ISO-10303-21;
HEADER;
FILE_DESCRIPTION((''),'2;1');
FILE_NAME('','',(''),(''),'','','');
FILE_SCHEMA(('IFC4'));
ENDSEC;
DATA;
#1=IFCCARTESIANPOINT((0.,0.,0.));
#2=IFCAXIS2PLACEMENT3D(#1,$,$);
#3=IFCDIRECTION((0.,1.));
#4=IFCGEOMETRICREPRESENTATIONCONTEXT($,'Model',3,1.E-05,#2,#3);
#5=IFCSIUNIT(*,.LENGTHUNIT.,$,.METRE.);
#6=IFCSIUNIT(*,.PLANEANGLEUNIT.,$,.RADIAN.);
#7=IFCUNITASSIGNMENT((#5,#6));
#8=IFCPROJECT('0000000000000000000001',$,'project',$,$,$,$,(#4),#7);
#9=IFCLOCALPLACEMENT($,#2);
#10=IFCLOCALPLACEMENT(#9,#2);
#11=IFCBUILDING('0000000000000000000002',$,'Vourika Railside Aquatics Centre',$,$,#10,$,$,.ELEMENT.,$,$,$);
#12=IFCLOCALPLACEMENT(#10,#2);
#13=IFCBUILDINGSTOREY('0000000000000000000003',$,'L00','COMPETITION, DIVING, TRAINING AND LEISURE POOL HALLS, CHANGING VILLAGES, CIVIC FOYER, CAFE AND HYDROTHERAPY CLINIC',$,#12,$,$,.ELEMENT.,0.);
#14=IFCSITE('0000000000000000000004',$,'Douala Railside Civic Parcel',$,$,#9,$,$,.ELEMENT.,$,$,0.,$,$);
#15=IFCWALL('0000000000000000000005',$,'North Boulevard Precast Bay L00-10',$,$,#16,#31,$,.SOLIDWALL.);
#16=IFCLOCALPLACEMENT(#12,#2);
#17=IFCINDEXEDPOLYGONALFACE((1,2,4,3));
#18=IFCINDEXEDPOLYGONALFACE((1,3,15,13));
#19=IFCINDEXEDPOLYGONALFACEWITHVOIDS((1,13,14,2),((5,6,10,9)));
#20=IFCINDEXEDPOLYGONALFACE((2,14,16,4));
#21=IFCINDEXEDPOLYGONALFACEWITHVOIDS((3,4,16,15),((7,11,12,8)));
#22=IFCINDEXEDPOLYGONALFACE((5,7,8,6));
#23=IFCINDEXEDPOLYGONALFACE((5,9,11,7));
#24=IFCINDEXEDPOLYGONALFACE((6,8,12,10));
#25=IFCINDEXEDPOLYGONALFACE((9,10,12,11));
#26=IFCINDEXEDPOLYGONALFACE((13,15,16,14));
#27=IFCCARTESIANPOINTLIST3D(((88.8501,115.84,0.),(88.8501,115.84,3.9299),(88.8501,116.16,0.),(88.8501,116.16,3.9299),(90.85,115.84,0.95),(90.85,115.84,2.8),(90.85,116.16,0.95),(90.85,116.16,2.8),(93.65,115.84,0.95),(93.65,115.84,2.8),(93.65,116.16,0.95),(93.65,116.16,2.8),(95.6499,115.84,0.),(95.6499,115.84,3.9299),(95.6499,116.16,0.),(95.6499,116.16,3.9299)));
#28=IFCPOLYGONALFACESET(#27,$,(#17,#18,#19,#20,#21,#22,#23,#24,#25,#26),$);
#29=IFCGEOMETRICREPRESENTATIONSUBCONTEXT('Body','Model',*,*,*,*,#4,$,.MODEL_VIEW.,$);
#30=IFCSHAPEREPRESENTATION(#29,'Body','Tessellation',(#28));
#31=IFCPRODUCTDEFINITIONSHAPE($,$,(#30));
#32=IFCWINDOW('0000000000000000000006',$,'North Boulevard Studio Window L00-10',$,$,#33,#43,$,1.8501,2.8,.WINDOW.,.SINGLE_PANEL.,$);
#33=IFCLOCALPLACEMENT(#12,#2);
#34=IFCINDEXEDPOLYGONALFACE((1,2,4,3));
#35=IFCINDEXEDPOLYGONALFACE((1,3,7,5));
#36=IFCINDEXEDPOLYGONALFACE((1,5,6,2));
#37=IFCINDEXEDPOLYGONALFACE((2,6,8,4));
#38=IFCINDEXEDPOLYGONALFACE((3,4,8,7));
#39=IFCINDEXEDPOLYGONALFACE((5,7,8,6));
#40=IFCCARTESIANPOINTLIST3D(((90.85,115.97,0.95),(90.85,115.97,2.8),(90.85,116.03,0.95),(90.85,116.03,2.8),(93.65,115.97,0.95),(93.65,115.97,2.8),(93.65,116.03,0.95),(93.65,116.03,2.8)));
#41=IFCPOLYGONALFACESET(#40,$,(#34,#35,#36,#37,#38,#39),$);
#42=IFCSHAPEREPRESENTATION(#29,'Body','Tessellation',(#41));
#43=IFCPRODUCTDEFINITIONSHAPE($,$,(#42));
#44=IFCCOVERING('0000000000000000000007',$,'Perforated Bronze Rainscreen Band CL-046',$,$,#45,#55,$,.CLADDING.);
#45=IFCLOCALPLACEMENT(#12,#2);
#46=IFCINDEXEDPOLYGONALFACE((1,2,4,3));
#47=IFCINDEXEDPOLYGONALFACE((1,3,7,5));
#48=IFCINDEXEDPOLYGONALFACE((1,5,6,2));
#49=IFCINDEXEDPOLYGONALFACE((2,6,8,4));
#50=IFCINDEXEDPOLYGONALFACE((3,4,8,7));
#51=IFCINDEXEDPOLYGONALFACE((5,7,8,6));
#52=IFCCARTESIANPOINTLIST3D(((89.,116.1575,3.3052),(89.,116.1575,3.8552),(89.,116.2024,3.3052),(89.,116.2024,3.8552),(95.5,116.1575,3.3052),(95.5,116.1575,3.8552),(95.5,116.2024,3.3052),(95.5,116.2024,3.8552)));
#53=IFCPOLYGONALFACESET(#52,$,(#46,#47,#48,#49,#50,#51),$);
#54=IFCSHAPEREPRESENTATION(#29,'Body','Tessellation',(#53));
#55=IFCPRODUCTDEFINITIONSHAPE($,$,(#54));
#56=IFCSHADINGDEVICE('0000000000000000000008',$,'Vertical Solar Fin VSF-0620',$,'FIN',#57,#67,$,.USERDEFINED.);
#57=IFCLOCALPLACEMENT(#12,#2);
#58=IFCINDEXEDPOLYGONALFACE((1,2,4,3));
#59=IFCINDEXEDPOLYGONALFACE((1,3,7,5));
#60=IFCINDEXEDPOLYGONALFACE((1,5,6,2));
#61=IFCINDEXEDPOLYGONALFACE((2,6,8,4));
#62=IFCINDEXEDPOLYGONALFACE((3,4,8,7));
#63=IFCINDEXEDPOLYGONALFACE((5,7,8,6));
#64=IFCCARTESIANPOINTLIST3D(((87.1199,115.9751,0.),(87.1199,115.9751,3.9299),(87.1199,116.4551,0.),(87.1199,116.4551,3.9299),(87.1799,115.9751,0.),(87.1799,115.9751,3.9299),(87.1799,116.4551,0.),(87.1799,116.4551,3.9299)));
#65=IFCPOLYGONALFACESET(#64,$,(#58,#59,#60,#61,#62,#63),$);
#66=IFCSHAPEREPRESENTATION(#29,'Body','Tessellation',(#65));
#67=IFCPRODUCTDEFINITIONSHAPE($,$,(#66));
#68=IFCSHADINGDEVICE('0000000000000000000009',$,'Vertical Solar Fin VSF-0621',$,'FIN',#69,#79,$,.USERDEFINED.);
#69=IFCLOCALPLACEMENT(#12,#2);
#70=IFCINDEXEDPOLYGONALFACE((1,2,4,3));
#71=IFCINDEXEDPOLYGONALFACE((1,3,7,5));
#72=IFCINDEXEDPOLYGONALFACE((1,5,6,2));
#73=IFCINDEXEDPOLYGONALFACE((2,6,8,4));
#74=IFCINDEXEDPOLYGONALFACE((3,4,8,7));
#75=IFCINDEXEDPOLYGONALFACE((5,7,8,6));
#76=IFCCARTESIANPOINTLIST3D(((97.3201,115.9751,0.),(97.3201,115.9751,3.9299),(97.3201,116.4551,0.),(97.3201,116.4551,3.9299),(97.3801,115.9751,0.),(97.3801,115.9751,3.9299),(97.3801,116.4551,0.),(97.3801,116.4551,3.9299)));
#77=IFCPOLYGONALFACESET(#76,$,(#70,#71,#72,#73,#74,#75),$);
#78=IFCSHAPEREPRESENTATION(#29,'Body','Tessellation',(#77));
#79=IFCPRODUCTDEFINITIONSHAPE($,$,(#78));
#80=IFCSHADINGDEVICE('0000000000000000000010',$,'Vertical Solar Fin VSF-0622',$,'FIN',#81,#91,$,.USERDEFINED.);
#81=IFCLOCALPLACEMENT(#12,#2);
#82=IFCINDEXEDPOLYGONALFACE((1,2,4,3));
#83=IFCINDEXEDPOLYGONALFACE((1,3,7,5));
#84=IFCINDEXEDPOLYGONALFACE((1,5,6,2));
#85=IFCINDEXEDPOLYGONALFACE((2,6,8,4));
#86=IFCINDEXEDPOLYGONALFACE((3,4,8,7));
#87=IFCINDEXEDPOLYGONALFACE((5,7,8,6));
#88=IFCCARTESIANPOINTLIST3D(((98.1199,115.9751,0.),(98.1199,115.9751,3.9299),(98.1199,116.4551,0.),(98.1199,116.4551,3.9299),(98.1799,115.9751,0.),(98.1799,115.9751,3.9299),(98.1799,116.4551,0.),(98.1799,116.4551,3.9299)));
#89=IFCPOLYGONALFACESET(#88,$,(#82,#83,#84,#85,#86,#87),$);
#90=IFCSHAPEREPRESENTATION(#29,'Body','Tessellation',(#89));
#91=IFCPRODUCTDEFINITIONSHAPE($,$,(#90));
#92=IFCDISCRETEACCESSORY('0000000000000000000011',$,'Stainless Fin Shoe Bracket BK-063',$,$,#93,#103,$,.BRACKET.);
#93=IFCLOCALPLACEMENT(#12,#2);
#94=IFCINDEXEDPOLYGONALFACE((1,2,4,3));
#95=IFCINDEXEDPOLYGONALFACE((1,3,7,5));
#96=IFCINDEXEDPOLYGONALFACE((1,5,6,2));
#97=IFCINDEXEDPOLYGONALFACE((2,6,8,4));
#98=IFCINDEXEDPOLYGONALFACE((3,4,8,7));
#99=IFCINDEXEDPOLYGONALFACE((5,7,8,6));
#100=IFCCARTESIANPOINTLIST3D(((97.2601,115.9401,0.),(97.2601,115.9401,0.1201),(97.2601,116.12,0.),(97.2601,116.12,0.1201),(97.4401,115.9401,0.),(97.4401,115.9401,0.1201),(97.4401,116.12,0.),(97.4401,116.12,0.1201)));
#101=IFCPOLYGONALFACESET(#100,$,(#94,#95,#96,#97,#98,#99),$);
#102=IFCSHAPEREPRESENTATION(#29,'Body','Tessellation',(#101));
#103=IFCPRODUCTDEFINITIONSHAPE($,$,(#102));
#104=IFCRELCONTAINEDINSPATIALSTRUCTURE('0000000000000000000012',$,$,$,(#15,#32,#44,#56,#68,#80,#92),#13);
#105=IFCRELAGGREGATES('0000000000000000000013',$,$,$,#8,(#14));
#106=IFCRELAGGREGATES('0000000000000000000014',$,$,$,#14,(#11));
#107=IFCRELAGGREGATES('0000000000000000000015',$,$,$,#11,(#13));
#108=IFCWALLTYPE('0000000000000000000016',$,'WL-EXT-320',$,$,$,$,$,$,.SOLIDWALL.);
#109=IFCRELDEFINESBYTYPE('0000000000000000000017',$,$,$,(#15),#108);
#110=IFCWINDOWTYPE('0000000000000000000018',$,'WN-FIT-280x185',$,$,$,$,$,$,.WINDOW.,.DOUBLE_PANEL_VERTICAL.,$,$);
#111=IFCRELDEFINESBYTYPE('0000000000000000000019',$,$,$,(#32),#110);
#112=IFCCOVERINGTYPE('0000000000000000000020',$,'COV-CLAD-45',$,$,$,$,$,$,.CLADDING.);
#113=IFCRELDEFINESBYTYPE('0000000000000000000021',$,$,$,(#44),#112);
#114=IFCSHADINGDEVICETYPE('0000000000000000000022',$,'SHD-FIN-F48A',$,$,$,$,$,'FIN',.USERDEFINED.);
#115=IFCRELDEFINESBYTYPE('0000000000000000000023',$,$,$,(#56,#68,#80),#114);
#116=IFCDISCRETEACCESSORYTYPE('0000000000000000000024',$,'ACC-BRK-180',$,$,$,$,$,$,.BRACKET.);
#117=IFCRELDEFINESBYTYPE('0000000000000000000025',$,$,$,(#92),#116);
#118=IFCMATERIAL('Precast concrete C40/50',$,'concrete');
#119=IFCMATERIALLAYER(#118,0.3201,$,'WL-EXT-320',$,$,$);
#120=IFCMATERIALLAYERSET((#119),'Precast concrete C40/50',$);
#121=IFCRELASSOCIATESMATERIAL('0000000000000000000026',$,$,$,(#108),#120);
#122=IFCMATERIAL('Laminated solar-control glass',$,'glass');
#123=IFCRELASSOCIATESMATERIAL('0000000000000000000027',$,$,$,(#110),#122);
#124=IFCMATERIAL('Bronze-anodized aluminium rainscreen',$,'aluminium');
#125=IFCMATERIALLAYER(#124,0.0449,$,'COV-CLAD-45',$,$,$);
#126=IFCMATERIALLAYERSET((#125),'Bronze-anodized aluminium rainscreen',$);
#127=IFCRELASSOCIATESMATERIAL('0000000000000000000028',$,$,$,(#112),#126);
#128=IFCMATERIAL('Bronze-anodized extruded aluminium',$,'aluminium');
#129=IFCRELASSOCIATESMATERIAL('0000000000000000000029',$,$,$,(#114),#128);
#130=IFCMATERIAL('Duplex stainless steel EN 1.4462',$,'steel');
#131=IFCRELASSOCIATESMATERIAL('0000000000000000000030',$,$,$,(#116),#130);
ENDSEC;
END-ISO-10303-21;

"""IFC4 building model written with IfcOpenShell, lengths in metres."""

from ifc_helpers import new_model, si_unit, direction, frame, frame_2d, origin, origin_2d, place, context, subcontext, project, spatial, rectangle, extrude, material, layer, layer_set, material_profile, profile_set, type_object, element, fill, save


model = new_model("IFC4")

# Units and contexts
model_context = context("Model", 3, precision=1e-05, world=origin(), true_north=direction((0.0, 1.0)))
body_context = subcontext(model_context, "Body", "Model", "MODEL_VIEW")
ifc_project = project(units=[si_unit("LENGTHUNIT", "METRE"), si_unit("PLANEANGLEUNIT", "RADIAN")], contexts=[model_context])

# Site, building, storey
site_placement = place(None, origin())
site = spatial("IfcSite", under=ifc_project, at=site_placement, Name="Douala Railside Civic Parcel", CompositionType="ELEMENT", RefElevation=0.0)
building_placement = place(site_placement, origin())
building = spatial("IfcBuilding", under=site, at=building_placement, Name="Vourika Railside Aquatics Centre", CompositionType="ELEMENT")
storey_placement = place(building_placement, origin())
storey = spatial("IfcBuildingStorey", under=building, at=storey_placement, Name="L00", Description="COMPETITION, DIVING, TRAINING AND LEISURE POOL HALLS, CHANGING VILLAGES, CIVIC FOYER, CAFE AND HYDROTHERAPY CLINIC", CompositionType="ELEMENT", Elevation=0.0)

# Wall, opening, window
ifc_material_1 = material(Name="Precast concrete C40/50", Category="concrete")
ifc_layer_1 = layer(ifc_material_1, 0.3201, Name="WL-EXT-320")
ifc_layer_set_1 = layer_set([ifc_layer_1], Name="Precast concrete C40/50")
wall_type = type_object("IfcWallType", Name="WL-EXT-320", PredefinedType="SOLIDWALL", material=ifc_layer_set_1)
wall_placement = place(storey_placement, frame((95.6499, 116.0, 0.0), z_axis=(0.0, 0.0, 1.0), x_axis=(-1.0, 0.0, 0.0)))
wall = element("IfcWall", 1, at=wall_placement, inside=storey, type_object=wall_type, Name="North Boulevard Precast Bay L00-10", PredefinedType="SOLIDWALL", context=body_context, shape_type="SweptSolid", body=[
    extrude(rectangle(XDim=6.7998, YDim=0.3201, at=frame_2d((3.3999, 0.0))), origin(), (0.0, 0.0, 1.0), 3.9299),
])
opening_placement = place(wall_placement, frame((2.0, 0.0, 0.95)))
opening = element("IfcOpeningElement", 2, at=opening_placement, cuts=wall, PredefinedType="OPENING", context=body_context, shape_type="SweptSolid", body=[
    extrude(rectangle(XDim=2.8, YDim=1.8501, at=frame_2d((1.3999, 0.925))), frame((0.0, 0.1699, 0.0), z_axis=(0.0, -1.0, 0.0), x_axis=(1.0, 0.0, 0.0)), (0.0, 0.0, 1.0), 0.3401),
])
ifc_material_2 = material(Name="Laminated solar-control glass", Category="glass")
window_type = type_object("IfcWindowType", Name="WN-FIT-280x185", PartitioningType="DOUBLE_PANEL_VERTICAL", PredefinedType="WINDOW", material=ifc_material_2)
window_placement = place(opening_placement, origin())
window = element("IfcWindow", 3, at=window_placement, inside=storey, type_object=window_type, Name="North Boulevard Studio Window L00-10", OverallHeight=1.8501, OverallWidth=2.8, PartitioningType="SINGLE_PANEL", PredefinedType="WINDOW", context=body_context, shape_type="SweptSolid", body=[
    extrude(rectangle(XDim=2.8, YDim=1.8501, at=frame_2d((1.3999, 0.925))), frame((0.0, 0.03, 0.0), z_axis=(0.0, -1.0, 0.0), x_axis=(1.0, 0.0, 0.0)), (0.0, 0.0, 1.0), 0.0601),
])
fill(opening, window)

# Covering
ifc_material_3 = material(Name="Bronze-anodized aluminium rainscreen", Category="aluminium")
ifc_layer_2 = layer(ifc_material_3, 0.0449, Name="COV-CLAD-45")
ifc_layer_set_2 = layer_set([ifc_layer_2], Name="Bronze-anodized aluminium rainscreen")
covering_type = type_object("IfcCoveringType", Name="COV-CLAD-45", PredefinedType="CLADDING", material=ifc_layer_set_2)
covering_placement = place(storey_placement, frame((92.25, 116.1799, 3.3052), z_axis=(0.0, 0.0, 1.0), x_axis=(-1.0, 0.0, 0.0)))
element("IfcCovering", 4, at=covering_placement, inside=storey, type_object=covering_type, Name="Perforated Bronze Rainscreen Band CL-046", PredefinedType="CLADDING", context=body_context, shape_type="SweptSolid", body=[
    extrude(rectangle(XDim=6.5, YDim=0.0449, at=origin_2d()), origin(), (0.0, 0.0, 1.0), 0.55),
])

# Shading devices
ifc_material_4 = material(Name="Bronze-anodized extruded aluminium", Category="aluminium")
ifc_material_profile_1 = material_profile(ifc_material_4, rectangle(XDim=0.0601, YDim=0.48, at=origin_2d()), Name="ALU-FIN 60x480")
ifc_profile_set_1 = profile_set([ifc_material_profile_1], Name="Bronze-anodized extruded aluminium")
shading_device_type = type_object("IfcShadingDeviceType", Name="SHD-FIN-F48A", ElementType="FIN", PredefinedType="USERDEFINED", material=ifc_profile_set_1)
for number, where, z_axis, x_axis, name in (
    (5, (87.1499, 116.2151, 0.0), (0.0, 0.0, 1.0), (1.0, 0.0, 0.0), "Vertical Solar Fin VSF-0620"),
    (6, (97.3501, 116.2151, 0.0), (0.0, 0.0, 1.0), (1.0, 0.0, 0.0), "Vertical Solar Fin VSF-0621"),
    (7, (98.1499, 116.2151, 0.0), (0.0, 0.0, 1.0), (1.0, 0.0, 0.0), "Vertical Solar Fin VSF-0622"),
):
    element("IfcShadingDevice", number, at=place(storey_placement, frame(where, z_axis=z_axis, x_axis=x_axis)), inside=storey, type_object=shading_device_type, Name=name, ObjectType="FIN", PredefinedType="USERDEFINED", context=body_context, shape_type="SweptSolid", body=[
        extrude(rectangle(XDim=0.0601, YDim=0.48, at=origin_2d()), origin(), (0.0, 0.0, 1.0), 3.9299),
    ])

# Discrete accessory
ifc_material_5 = material(Name="Duplex stainless steel EN 1.4462", Category="steel")
discrete_accessory_type = type_object("IfcDiscreteAccessoryType", Name="ACC-BRK-180", PredefinedType="BRACKET", material=ifc_material_5)
discrete_accessory_placement = place(storey_placement, frame((97.3501, 116.03, 0.0), z_axis=(0.0, 0.0, 1.0), x_axis=(0.0, 1.0, 0.0)))
element("IfcDiscreteAccessory", 8, at=discrete_accessory_placement, inside=storey, type_object=discrete_accessory_type, Name="Stainless Fin Shoe Bracket BK-063", PredefinedType="BRACKET", context=body_context, shape_type="SweptSolid", body=[
    extrude(rectangle(XDim=0.1799, YDim=0.1799, at=origin_2d()), origin(), (0.0, 0.0, 1.0), 0.1201),
])

save(model, "model.ifc")
